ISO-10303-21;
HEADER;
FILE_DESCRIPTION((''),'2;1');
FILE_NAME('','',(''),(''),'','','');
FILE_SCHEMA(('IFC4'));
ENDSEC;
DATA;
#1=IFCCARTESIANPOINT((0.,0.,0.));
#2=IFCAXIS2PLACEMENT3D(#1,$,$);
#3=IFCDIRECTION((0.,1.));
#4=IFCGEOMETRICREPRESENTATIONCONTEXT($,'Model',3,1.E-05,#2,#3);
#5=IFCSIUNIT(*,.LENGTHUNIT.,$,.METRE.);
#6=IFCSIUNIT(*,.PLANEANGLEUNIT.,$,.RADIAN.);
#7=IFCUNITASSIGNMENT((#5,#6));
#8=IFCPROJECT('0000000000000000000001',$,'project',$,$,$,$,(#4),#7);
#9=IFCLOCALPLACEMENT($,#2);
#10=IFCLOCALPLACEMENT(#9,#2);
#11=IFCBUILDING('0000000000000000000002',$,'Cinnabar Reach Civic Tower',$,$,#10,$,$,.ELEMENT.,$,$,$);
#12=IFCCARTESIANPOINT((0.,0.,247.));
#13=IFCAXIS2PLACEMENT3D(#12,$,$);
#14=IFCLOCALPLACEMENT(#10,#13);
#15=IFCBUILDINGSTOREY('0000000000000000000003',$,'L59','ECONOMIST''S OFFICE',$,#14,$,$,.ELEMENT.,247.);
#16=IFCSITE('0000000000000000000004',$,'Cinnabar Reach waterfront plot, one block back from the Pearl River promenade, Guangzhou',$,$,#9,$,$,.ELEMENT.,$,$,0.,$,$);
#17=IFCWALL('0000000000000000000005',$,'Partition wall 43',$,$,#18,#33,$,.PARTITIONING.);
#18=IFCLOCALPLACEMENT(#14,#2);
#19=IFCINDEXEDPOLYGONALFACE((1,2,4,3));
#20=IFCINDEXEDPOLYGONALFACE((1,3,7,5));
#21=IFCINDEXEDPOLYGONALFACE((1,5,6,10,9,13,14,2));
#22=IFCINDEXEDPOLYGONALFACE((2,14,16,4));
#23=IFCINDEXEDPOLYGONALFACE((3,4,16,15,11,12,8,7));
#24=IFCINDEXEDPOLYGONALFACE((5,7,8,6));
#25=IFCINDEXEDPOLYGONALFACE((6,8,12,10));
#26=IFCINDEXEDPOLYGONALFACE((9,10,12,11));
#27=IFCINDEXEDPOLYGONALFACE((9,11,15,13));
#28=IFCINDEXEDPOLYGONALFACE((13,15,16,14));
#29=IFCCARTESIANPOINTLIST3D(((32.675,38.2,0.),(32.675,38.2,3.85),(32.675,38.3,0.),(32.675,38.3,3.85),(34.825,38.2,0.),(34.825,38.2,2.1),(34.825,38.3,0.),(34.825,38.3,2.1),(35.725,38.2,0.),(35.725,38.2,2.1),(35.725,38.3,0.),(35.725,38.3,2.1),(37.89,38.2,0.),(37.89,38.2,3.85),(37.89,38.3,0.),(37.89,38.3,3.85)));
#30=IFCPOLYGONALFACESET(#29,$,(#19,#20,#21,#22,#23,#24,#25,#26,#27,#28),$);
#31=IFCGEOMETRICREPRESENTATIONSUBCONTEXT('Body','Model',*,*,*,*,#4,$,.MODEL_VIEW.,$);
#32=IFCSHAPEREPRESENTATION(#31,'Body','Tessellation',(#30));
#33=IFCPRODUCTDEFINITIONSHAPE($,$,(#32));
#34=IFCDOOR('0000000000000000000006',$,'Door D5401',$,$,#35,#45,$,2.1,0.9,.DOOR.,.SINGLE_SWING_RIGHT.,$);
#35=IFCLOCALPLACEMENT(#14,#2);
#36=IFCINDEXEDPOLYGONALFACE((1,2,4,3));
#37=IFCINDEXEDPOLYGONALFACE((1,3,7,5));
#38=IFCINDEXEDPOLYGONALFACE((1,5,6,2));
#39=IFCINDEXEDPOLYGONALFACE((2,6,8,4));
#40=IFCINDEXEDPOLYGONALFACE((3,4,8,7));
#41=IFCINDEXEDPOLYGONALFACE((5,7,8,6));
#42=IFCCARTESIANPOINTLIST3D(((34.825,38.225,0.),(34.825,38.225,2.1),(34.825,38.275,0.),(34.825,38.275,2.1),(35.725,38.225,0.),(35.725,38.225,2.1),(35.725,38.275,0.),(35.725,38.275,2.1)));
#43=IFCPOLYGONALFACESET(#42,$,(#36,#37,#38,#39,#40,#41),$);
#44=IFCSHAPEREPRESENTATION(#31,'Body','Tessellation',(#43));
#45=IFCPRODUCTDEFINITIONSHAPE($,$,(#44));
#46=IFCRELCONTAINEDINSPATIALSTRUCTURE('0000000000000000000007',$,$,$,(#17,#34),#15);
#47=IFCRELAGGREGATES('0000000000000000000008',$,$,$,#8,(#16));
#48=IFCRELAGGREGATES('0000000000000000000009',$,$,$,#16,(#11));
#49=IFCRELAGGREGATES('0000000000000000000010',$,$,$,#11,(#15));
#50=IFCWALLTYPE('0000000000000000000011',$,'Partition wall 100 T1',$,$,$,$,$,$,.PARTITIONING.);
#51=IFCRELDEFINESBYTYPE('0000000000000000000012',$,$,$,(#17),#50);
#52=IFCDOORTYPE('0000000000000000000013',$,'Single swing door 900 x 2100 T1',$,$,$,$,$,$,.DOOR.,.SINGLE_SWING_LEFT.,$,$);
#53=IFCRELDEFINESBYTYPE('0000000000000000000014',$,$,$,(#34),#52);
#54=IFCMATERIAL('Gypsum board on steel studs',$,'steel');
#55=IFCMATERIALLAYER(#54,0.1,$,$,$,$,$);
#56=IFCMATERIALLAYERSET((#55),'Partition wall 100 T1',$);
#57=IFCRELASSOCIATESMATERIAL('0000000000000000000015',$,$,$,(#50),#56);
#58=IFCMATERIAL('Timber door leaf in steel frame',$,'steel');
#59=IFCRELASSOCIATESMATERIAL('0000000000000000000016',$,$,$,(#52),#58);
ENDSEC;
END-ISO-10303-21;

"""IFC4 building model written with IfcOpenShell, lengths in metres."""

from ifc_helpers import new_model, si_unit, direction, frame, frame_2d, origin, place, context, subcontext, project, spatial, rectangle, extrude, material, layer, layer_set, type_object, element, fill, save


model = new_model("IFC4")

# Units and contexts
model_context = context("Model", 3, precision=1e-05, world=origin(), true_north=direction((0.0, 1.0)))
body_context = subcontext(model_context, "Body", "Model", "MODEL_VIEW")
ifc_project = project(units=[si_unit("LENGTHUNIT", "METRE"), si_unit("PLANEANGLEUNIT", "RADIAN")], contexts=[model_context])

# Site, building, storey
site_placement = place(None, origin())
site = spatial("IfcSite", under=ifc_project, at=site_placement, Name="Cinnabar Reach waterfront plot, one block back from the Pearl River promenade, Guangzhou", CompositionType="ELEMENT", RefElevation=0.0)
building_placement = place(site_placement, origin())
building = spatial("IfcBuilding", under=site, at=building_placement, Name="Cinnabar Reach Civic Tower", CompositionType="ELEMENT")
storey_placement = place(building_placement, frame((0.0, 0.0, 247.0)))
storey = spatial("IfcBuildingStorey", under=building, at=storey_placement, Name="L59", Description="ECONOMIST'S OFFICE", CompositionType="ELEMENT", Elevation=247.0)

# Shared definitions
ifc_material_1 = material(Name="Gypsum board on steel studs", Category="steel")
ifc_layer_1 = layer(ifc_material_1, 0.1)
ifc_layer_set_1 = layer_set([ifc_layer_1], Name="Partition wall 100 T1")
wall_type_1 = type_object("IfcWallType", Name="Partition wall 100 T1", PredefinedType="PARTITIONING", material=ifc_layer_set_1)

# Wall, opening, door
wall_1_placement = place(storey_placement, frame((32.675, 38.25, 0.0), z_axis=(0.0, 0.0, 1.0), x_axis=(1.0, 0.0, 0.0)))
wall_1 = element("IfcWall", 1, at=wall_1_placement, inside=storey, type_object=wall_type_1, Name="Partition wall 43", PredefinedType="PARTITIONING", context=body_context, shape_type="SweptSolid", body=[
    extrude(rectangle(XDim=5.215, YDim=0.1, at=frame_2d((2.6075, 0.0))), origin(), (0.0, 0.0, 1.0), 3.85),
])
opening_1_placement = place(wall_1_placement, frame((2.15, 0.0, 0.0)))
opening_1 = element("IfcOpeningElement", 2, at=opening_1_placement, cuts=wall_1, PredefinedType="OPENING", context=body_context, shape_type="SweptSolid", body=[
    extrude(rectangle(XDim=0.9, YDim=2.1, at=frame_2d((0.45, 1.05))), frame((0.0, 0.06, 0.0), z_axis=(0.0, -1.0, 0.0), x_axis=(1.0, 0.0, 0.0)), (0.0, 0.0, 1.0), 0.12),
])
ifc_material_2 = material(Name="Timber door leaf in steel frame", Category="steel")
door_type = type_object("IfcDoorType", Name="Single swing door 900 x 2100 T1", OperationType="SINGLE_SWING_LEFT", PredefinedType="DOOR", material=ifc_material_2)
door_placement = place(opening_1_placement, frame((0.9, 0.0, 0.0), z_axis=(0.0, 0.0, 1.0), x_axis=(-1.0, 0.0, 0.0)))
door = element("IfcDoor", 3, at=door_placement, inside=storey, type_object=door_type, Name="Door D5401", OperationType="SINGLE_SWING_RIGHT", OverallHeight=2.1, OverallWidth=0.9, PredefinedType="DOOR", context=body_context, shape_type="SweptSolid", body=[
    extrude(rectangle(XDim=0.9, YDim=2.1, at=frame_2d((0.45, 1.05))), frame((0.0, 0.025, 0.0), z_axis=(0.0, -1.0, 0.0), x_axis=(1.0, 0.0, 0.0)), (0.0, 0.0, 1.0), 0.05),
])
fill(opening_1, door)

save(model, "model.ifc")
